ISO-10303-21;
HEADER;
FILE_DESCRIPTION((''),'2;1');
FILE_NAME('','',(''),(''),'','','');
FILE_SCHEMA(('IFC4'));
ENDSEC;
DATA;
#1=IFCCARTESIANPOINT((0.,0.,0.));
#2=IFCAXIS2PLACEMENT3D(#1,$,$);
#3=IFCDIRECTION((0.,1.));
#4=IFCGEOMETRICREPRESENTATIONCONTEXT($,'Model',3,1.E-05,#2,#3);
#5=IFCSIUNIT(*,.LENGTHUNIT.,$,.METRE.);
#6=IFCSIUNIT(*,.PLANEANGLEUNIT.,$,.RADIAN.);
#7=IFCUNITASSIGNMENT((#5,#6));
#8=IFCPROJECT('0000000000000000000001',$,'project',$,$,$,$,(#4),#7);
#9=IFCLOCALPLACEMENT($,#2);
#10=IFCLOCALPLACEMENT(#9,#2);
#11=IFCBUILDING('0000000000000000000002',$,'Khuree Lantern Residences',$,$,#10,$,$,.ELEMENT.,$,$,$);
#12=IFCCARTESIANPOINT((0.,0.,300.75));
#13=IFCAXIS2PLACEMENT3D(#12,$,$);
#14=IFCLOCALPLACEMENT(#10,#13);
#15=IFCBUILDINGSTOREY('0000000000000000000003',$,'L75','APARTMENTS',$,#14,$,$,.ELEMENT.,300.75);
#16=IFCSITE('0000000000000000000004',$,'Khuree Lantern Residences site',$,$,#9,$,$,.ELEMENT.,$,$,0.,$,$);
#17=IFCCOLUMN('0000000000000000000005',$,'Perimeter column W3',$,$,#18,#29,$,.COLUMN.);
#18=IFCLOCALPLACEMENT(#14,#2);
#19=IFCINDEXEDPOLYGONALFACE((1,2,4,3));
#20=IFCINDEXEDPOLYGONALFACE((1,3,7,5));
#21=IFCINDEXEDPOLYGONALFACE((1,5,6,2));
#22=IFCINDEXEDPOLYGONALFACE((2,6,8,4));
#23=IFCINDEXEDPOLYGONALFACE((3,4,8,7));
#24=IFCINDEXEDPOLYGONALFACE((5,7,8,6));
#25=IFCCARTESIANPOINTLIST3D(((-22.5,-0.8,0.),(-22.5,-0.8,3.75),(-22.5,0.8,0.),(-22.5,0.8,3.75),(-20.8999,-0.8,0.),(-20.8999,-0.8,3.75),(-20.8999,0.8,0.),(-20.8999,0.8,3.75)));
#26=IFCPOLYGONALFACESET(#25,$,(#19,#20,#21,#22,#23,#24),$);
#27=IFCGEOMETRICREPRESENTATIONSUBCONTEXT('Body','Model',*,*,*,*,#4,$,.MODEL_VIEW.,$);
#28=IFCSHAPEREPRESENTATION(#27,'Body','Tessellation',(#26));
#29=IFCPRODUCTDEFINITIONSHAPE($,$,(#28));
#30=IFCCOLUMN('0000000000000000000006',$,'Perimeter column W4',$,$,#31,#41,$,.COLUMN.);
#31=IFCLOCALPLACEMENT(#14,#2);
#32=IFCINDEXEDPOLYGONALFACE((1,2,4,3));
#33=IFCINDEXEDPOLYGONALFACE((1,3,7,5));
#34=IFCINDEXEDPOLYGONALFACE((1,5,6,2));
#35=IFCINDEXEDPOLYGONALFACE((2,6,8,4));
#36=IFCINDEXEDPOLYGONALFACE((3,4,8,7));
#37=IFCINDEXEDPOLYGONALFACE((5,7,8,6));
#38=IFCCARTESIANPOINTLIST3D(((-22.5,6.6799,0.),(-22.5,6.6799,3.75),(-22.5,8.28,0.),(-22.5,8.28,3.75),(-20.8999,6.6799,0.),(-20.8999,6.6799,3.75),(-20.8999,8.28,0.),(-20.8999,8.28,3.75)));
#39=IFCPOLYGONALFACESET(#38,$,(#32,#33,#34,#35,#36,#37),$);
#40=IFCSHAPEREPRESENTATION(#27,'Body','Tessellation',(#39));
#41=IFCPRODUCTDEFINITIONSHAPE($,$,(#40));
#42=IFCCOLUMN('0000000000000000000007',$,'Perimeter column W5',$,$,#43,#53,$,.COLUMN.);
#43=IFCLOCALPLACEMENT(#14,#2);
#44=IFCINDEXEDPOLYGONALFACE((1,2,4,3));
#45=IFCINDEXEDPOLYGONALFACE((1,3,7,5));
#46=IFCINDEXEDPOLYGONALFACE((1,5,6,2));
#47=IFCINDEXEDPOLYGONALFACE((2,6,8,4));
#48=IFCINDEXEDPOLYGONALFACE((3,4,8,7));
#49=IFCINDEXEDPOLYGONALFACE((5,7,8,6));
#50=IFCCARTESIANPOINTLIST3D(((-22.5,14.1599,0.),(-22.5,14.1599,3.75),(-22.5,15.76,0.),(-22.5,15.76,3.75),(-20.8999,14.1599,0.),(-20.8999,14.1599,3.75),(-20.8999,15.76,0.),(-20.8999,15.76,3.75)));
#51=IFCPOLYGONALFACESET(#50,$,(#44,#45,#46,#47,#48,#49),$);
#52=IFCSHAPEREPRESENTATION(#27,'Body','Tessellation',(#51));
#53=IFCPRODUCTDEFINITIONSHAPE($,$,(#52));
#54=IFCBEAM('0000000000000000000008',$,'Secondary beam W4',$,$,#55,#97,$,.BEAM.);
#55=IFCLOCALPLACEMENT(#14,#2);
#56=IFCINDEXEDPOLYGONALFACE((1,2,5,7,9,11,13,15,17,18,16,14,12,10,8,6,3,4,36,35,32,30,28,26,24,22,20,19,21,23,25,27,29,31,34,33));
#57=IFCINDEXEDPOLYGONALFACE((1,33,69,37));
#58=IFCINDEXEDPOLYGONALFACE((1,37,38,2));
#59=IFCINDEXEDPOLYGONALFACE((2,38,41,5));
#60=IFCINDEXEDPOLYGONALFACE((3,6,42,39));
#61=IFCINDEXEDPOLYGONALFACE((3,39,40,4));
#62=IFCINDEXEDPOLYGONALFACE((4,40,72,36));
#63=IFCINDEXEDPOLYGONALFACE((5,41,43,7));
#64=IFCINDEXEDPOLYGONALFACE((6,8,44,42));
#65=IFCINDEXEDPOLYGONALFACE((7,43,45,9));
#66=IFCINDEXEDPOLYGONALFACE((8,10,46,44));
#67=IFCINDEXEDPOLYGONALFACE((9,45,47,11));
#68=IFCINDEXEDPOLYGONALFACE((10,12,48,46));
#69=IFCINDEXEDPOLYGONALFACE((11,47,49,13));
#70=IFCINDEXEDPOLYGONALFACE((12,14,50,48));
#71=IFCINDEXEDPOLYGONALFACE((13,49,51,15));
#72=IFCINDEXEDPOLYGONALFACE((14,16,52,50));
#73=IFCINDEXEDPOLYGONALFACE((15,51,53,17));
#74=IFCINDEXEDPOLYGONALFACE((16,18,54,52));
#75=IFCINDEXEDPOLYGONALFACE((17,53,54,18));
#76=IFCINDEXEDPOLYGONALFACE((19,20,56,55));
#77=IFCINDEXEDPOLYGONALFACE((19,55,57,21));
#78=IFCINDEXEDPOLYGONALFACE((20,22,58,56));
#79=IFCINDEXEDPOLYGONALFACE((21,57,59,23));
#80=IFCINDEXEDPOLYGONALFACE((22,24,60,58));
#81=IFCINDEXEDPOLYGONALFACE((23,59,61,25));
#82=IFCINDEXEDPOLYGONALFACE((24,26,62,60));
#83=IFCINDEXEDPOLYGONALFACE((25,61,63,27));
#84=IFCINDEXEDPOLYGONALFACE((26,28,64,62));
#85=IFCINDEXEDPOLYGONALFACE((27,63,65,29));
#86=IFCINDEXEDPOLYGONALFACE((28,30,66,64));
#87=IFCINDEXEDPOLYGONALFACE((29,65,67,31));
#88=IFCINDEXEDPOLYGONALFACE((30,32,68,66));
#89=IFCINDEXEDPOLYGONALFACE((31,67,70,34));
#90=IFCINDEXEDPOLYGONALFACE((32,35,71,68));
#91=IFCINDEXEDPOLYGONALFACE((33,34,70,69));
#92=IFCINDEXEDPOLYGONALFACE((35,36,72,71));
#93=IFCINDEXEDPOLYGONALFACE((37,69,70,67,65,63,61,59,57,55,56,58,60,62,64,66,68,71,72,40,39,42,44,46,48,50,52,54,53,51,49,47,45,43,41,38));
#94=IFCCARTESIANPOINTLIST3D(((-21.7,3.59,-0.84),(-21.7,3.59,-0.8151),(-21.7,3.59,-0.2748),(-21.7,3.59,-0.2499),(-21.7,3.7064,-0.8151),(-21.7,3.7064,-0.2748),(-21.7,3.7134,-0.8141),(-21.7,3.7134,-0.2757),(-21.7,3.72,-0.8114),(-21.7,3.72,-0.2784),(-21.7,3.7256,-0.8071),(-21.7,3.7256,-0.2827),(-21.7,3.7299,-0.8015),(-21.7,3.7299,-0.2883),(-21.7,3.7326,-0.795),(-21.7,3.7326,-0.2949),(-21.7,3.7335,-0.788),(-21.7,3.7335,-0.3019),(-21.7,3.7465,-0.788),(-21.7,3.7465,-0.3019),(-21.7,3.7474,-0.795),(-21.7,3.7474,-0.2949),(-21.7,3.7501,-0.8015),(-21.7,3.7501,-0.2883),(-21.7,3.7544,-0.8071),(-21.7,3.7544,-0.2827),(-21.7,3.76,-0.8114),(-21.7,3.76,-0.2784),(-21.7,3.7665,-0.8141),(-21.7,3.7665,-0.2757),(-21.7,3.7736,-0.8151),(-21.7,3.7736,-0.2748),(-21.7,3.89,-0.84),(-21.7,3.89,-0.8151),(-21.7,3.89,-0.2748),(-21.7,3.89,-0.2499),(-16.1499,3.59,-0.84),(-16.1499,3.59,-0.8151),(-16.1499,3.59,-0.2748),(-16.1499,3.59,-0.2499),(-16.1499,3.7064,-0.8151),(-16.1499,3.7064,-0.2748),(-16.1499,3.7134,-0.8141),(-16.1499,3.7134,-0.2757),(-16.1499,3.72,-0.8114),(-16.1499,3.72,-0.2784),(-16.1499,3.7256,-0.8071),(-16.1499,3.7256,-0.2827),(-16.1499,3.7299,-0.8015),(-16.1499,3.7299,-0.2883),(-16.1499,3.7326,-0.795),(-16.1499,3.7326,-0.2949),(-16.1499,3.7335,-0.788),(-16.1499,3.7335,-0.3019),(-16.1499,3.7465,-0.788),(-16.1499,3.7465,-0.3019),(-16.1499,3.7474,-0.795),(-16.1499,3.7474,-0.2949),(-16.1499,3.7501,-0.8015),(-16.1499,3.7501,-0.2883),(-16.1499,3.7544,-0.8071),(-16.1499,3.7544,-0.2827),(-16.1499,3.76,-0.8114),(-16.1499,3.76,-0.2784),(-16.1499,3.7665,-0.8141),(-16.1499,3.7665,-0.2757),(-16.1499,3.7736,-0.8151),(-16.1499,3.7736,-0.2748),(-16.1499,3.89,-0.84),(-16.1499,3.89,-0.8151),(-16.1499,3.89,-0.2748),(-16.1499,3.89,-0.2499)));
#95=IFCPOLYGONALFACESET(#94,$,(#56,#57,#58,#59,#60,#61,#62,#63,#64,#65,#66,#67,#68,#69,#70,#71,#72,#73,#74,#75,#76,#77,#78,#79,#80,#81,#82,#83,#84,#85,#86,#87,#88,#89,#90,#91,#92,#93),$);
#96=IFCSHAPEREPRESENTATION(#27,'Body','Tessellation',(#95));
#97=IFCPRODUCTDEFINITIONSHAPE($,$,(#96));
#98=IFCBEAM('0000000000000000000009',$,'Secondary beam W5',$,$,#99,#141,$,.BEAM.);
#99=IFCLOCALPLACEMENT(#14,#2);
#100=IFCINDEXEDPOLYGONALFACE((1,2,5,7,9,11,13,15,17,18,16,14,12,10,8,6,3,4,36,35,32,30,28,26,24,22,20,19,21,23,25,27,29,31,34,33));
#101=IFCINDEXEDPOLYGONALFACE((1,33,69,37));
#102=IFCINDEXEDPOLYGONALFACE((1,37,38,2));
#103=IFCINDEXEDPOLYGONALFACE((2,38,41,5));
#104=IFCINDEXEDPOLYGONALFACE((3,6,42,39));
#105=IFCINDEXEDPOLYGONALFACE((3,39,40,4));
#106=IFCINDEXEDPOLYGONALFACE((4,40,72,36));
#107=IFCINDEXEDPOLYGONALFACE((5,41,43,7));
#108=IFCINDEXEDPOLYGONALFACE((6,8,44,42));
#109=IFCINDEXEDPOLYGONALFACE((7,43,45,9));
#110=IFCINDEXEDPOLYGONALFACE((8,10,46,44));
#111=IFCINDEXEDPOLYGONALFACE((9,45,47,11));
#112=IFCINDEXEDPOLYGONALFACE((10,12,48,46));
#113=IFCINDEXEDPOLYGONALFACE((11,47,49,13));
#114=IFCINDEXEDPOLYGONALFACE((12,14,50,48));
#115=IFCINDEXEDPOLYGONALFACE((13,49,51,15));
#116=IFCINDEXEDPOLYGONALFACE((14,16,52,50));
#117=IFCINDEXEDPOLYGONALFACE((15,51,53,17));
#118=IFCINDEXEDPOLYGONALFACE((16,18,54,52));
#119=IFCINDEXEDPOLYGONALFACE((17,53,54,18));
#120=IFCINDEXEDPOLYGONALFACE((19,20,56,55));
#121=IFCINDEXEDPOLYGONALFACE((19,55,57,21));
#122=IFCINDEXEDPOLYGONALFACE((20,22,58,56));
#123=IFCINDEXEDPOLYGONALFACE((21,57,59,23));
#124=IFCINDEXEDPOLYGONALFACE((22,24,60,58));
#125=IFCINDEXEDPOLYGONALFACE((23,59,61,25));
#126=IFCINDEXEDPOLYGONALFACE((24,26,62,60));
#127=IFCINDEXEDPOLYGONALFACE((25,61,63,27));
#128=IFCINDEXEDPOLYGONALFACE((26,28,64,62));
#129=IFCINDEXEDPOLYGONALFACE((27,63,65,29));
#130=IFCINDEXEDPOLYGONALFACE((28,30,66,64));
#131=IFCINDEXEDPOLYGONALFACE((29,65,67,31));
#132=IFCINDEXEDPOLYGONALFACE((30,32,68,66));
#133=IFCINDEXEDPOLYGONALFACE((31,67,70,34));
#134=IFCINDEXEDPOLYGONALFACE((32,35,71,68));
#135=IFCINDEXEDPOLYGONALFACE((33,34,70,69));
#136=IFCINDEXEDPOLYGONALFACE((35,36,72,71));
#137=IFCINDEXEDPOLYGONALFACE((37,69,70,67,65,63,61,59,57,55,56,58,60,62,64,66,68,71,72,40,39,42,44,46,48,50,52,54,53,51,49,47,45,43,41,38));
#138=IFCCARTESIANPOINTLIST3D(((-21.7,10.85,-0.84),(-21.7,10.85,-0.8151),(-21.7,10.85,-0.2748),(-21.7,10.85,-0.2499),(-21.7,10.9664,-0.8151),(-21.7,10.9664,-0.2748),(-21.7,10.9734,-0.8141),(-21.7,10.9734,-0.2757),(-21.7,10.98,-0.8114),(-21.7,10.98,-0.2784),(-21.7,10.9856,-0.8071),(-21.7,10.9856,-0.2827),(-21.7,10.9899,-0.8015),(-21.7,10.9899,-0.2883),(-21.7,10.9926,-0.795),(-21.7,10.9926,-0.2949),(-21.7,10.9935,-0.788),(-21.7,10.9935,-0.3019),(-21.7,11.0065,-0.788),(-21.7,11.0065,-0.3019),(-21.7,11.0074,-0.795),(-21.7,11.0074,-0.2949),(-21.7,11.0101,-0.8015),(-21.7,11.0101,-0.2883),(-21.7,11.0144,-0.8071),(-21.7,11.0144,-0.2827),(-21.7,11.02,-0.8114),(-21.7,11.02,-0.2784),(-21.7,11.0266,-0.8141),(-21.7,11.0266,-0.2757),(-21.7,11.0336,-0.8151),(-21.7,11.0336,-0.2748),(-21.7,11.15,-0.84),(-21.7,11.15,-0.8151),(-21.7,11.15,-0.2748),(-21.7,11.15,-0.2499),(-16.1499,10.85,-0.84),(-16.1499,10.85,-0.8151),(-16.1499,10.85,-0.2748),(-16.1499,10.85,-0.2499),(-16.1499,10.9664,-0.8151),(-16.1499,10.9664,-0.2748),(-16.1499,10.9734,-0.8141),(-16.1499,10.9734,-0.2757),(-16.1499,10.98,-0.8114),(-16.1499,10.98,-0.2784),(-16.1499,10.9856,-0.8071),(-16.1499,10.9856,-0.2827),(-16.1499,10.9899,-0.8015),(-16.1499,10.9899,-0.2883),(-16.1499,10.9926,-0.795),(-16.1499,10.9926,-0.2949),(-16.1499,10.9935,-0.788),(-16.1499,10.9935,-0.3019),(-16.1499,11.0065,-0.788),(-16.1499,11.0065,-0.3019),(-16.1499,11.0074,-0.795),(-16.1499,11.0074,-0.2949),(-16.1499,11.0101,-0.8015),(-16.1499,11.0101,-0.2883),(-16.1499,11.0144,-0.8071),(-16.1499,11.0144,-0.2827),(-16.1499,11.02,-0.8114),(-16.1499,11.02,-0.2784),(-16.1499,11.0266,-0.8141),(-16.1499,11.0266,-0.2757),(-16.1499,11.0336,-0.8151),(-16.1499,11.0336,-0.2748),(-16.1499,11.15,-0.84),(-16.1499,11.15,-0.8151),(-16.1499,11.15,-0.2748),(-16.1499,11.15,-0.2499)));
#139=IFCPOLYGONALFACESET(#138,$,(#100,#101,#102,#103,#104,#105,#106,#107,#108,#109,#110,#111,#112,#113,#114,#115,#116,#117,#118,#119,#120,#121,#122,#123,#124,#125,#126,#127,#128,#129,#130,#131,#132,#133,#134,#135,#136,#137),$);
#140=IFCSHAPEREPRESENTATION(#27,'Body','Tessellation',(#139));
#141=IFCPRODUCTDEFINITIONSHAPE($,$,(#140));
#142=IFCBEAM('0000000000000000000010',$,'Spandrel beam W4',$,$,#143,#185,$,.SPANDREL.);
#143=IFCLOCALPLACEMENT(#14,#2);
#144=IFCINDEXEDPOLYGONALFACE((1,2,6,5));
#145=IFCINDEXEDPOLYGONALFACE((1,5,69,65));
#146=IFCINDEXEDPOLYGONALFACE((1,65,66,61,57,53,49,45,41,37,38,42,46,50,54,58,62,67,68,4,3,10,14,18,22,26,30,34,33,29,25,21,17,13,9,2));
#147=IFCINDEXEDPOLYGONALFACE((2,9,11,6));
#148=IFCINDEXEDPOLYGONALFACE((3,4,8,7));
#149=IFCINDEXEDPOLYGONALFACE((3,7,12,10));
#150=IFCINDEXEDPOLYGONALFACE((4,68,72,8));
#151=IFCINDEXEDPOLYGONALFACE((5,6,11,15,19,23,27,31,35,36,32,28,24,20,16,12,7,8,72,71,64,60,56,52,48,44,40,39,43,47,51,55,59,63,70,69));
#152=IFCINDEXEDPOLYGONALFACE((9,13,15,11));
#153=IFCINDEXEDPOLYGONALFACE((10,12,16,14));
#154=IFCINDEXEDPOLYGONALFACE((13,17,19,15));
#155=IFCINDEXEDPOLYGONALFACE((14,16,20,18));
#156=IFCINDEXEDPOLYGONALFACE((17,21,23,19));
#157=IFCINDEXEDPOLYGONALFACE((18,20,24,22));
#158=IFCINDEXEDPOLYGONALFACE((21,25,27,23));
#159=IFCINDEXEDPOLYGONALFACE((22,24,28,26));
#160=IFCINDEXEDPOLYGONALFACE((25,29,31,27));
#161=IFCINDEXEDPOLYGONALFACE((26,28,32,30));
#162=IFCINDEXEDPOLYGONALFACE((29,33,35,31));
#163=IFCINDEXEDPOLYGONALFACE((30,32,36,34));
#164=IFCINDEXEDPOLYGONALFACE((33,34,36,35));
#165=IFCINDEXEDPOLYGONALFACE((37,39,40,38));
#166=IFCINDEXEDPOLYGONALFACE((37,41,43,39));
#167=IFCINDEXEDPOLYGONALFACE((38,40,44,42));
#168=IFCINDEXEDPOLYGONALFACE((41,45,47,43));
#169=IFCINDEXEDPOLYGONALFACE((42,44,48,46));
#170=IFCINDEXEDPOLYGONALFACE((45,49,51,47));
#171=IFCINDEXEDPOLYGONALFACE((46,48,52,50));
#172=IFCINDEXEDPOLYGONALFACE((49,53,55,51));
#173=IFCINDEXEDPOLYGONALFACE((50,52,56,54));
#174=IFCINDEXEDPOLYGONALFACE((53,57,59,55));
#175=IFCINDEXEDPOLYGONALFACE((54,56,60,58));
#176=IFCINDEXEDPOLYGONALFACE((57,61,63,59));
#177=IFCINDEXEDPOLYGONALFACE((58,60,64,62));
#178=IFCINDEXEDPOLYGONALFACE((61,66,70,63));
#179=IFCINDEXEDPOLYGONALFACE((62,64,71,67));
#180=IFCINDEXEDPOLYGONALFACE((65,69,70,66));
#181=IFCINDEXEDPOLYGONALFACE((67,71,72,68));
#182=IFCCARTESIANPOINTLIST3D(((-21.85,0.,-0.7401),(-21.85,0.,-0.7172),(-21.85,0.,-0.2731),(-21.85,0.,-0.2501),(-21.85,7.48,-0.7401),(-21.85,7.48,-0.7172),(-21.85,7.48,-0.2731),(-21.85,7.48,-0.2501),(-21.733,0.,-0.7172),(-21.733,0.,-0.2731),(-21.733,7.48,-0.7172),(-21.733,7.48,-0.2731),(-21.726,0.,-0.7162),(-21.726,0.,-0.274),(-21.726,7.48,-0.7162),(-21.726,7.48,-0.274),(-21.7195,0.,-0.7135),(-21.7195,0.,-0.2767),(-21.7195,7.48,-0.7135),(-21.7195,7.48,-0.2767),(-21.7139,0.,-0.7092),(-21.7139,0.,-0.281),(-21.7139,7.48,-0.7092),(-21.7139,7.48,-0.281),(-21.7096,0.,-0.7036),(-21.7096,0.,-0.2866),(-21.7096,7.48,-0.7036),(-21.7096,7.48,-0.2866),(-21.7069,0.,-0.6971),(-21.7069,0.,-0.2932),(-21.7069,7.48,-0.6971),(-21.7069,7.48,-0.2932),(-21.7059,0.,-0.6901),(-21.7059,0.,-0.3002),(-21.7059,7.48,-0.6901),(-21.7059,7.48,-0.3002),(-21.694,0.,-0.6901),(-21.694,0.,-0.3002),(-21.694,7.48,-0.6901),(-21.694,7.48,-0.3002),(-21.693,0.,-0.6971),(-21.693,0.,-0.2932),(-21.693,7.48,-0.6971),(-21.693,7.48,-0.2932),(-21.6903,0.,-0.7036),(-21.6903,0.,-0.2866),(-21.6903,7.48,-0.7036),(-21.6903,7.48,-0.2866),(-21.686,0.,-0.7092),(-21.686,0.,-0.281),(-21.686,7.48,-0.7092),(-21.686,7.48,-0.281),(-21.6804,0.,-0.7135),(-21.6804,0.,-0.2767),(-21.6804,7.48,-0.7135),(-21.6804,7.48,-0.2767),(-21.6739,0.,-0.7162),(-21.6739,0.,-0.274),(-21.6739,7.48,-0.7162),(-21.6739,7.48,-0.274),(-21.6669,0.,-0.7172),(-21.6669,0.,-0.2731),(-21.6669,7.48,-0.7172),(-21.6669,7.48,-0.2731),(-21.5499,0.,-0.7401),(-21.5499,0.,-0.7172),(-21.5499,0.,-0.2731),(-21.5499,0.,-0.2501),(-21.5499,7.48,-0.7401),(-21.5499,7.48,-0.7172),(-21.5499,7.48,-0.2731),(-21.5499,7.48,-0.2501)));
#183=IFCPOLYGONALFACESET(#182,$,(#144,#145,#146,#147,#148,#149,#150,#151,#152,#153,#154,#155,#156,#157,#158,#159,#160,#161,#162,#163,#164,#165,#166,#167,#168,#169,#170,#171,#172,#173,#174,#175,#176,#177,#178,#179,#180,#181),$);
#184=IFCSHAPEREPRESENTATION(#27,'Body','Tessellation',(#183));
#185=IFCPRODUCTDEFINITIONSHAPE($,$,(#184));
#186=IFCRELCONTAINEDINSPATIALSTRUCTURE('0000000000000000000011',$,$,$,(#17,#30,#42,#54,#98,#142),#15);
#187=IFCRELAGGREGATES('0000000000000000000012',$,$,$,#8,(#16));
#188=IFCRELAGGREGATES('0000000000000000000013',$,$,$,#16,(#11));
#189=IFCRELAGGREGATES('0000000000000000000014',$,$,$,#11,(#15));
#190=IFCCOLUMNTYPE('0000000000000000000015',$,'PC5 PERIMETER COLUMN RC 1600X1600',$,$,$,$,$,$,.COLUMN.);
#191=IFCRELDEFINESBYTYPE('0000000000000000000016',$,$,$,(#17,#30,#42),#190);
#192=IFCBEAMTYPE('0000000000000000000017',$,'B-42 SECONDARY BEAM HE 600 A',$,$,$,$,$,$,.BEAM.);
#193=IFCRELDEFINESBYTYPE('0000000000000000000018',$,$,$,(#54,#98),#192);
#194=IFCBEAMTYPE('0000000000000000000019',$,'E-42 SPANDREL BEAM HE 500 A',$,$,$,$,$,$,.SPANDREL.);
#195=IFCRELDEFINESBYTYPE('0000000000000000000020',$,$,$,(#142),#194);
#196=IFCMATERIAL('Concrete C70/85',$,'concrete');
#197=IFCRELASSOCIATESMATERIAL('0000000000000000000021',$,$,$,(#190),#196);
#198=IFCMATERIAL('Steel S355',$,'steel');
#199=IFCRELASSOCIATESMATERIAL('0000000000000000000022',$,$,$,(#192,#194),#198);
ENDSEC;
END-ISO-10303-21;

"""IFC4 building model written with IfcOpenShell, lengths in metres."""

from ifc_helpers import new_model, si_unit, direction, frame, origin, origin_2d, place, context, subcontext, project, spatial, rectangle, i_section, extrude, material, material_profile, profile_set, type_object, element, save


model = new_model("IFC4")

# Units and contexts
model_context = context("Model", 3, precision=1e-05, world=origin(), true_north=direction((0.0, 1.0)))
body_context = subcontext(model_context, "Body", "Model", "MODEL_VIEW")
ifc_project = project(units=[si_unit("LENGTHUNIT", "METRE"), si_unit("PLANEANGLEUNIT", "RADIAN")], contexts=[model_context])

# Site, building, storey
site_placement = place(None, origin())
site = spatial("IfcSite", under=ifc_project, at=site_placement, Name="Khuree Lantern Residences site", CompositionType="ELEMENT", RefElevation=0.0)
building_placement = place(site_placement, origin())
building = spatial("IfcBuilding", under=site, at=building_placement, Name="Khuree Lantern Residences", CompositionType="ELEMENT")
storey_placement = place(building_placement, frame((0.0, 0.0, 300.75)))
storey = spatial("IfcBuildingStorey", under=building, at=storey_placement, Name="L75", Description="APARTMENTS", CompositionType="ELEMENT", Elevation=300.75)

# Columns
ifc_material_1 = material(Name="Concrete C70/85", Category="concrete")
ifc_material_profile_1 = material_profile(ifc_material_1, rectangle(XDim=1.6001, YDim=1.6001, at=origin_2d()), Name="RC 1600X1600")
ifc_profile_set_1 = profile_set([ifc_material_profile_1], Name="Concrete C70/85")
column_type = type_object("IfcColumnType", Name="PC5 PERIMETER COLUMN RC 1600X1600", PredefinedType="COLUMN", material=ifc_profile_set_1)
for number, where, z_axis, x_axis, name in (
    (1, (-21.7, 0.0, 0.0), (0.0, 0.0, 1.0), (0.0, 1.0, 0.0), "Perimeter column W3"),
    (2, (-21.7, 7.48, 0.0), (0.0, 0.0, 1.0), (0.0, 1.0, 0.0), "Perimeter column W4"),
    (3, (-21.7, 14.96, 0.0), (0.0, 0.0, 1.0), (0.0, 1.0, 0.0), "Perimeter column W5"),
):
    element("IfcColumn", number, at=place(storey_placement, frame(where, z_axis=z_axis, x_axis=x_axis)), inside=storey, type_object=column_type, Name=name, PredefinedType="COLUMN", context=body_context, shape_type="SweptSolid", body=[
        extrude(rectangle(XDim=1.6001, YDim=1.6001, at=origin_2d()), origin(), (0.0, 0.0, 1.0), 3.75),
    ])

# Beams
ifc_material_2 = material(Name="Steel S355", Category="steel")
ifc_material_profile_2 = material_profile(ifc_material_2, i_section(OverallWidth=0.3, OverallDepth=0.5901, WebThickness=0.0129, FlangeThickness=0.0249, FilletRadius=0.0271, at=origin_2d()), Name="HE 600 A")
ifc_profile_set_2 = profile_set([ifc_material_profile_2], Name="Steel S355")
beam_type_1 = type_object("IfcBeamType", Name="B-42 SECONDARY BEAM HE 600 A", PredefinedType="BEAM", material=ifc_profile_set_2)
for number, where, z_axis, x_axis, name in (
    (4, (-21.7, 3.74, -0.5449), (1.0, 0.0, 0.0), (0.0, 1.0, 0.0), "Secondary beam W4"),
    (5, (-21.7, 11.0, -0.5449), (1.0, 0.0, 0.0), (0.0, 1.0, 0.0), "Secondary beam W5"),
):
    element("IfcBeam", number, at=place(storey_placement, frame(where, z_axis=z_axis, x_axis=x_axis)), inside=storey, type_object=beam_type_1, Name=name, PredefinedType="BEAM", context=body_context, shape_type="SweptSolid", body=[
        extrude(i_section(OverallWidth=0.3, OverallDepth=0.5901, WebThickness=0.0129, FlangeThickness=0.0249, FilletRadius=0.0271, at=origin_2d()), origin(), (0.0, 0.0, 1.0), 5.55),
    ])
ifc_material_profile_3 = material_profile(ifc_material_2, i_section(OverallWidth=0.3, OverallDepth=0.49, WebThickness=0.012, FlangeThickness=0.0229, FilletRadius=0.0271, at=origin_2d()), Name="HE 500 A")
ifc_profile_set_3 = profile_set([ifc_material_profile_3], Name="Steel S355")
beam_type_2 = type_object("IfcBeamType", Name="E-42 SPANDREL BEAM HE 500 A", PredefinedType="SPANDREL", material=ifc_profile_set_3)
for number, where, z_axis, x_axis, name in (
    (6, (-21.7, 0.0, -0.4951), (0.0, 1.0, 0.0), (-1.0, 0.0, 0.0), "Spandrel beam W4"),
):
    element("IfcBeam", number, at=place(storey_placement, frame(where, z_axis=z_axis, x_axis=x_axis)), inside=storey, type_object=beam_type_2, Name=name, PredefinedType="SPANDREL", context=body_context, shape_type="SweptSolid", body=[
        extrude(i_section(OverallWidth=0.3, OverallDepth=0.49, WebThickness=0.012, FlangeThickness=0.0229, FilletRadius=0.0271, at=origin_2d()), origin(), (0.0, 0.0, 1.0), 7.48),
    ])

save(model, "model.ifc")
